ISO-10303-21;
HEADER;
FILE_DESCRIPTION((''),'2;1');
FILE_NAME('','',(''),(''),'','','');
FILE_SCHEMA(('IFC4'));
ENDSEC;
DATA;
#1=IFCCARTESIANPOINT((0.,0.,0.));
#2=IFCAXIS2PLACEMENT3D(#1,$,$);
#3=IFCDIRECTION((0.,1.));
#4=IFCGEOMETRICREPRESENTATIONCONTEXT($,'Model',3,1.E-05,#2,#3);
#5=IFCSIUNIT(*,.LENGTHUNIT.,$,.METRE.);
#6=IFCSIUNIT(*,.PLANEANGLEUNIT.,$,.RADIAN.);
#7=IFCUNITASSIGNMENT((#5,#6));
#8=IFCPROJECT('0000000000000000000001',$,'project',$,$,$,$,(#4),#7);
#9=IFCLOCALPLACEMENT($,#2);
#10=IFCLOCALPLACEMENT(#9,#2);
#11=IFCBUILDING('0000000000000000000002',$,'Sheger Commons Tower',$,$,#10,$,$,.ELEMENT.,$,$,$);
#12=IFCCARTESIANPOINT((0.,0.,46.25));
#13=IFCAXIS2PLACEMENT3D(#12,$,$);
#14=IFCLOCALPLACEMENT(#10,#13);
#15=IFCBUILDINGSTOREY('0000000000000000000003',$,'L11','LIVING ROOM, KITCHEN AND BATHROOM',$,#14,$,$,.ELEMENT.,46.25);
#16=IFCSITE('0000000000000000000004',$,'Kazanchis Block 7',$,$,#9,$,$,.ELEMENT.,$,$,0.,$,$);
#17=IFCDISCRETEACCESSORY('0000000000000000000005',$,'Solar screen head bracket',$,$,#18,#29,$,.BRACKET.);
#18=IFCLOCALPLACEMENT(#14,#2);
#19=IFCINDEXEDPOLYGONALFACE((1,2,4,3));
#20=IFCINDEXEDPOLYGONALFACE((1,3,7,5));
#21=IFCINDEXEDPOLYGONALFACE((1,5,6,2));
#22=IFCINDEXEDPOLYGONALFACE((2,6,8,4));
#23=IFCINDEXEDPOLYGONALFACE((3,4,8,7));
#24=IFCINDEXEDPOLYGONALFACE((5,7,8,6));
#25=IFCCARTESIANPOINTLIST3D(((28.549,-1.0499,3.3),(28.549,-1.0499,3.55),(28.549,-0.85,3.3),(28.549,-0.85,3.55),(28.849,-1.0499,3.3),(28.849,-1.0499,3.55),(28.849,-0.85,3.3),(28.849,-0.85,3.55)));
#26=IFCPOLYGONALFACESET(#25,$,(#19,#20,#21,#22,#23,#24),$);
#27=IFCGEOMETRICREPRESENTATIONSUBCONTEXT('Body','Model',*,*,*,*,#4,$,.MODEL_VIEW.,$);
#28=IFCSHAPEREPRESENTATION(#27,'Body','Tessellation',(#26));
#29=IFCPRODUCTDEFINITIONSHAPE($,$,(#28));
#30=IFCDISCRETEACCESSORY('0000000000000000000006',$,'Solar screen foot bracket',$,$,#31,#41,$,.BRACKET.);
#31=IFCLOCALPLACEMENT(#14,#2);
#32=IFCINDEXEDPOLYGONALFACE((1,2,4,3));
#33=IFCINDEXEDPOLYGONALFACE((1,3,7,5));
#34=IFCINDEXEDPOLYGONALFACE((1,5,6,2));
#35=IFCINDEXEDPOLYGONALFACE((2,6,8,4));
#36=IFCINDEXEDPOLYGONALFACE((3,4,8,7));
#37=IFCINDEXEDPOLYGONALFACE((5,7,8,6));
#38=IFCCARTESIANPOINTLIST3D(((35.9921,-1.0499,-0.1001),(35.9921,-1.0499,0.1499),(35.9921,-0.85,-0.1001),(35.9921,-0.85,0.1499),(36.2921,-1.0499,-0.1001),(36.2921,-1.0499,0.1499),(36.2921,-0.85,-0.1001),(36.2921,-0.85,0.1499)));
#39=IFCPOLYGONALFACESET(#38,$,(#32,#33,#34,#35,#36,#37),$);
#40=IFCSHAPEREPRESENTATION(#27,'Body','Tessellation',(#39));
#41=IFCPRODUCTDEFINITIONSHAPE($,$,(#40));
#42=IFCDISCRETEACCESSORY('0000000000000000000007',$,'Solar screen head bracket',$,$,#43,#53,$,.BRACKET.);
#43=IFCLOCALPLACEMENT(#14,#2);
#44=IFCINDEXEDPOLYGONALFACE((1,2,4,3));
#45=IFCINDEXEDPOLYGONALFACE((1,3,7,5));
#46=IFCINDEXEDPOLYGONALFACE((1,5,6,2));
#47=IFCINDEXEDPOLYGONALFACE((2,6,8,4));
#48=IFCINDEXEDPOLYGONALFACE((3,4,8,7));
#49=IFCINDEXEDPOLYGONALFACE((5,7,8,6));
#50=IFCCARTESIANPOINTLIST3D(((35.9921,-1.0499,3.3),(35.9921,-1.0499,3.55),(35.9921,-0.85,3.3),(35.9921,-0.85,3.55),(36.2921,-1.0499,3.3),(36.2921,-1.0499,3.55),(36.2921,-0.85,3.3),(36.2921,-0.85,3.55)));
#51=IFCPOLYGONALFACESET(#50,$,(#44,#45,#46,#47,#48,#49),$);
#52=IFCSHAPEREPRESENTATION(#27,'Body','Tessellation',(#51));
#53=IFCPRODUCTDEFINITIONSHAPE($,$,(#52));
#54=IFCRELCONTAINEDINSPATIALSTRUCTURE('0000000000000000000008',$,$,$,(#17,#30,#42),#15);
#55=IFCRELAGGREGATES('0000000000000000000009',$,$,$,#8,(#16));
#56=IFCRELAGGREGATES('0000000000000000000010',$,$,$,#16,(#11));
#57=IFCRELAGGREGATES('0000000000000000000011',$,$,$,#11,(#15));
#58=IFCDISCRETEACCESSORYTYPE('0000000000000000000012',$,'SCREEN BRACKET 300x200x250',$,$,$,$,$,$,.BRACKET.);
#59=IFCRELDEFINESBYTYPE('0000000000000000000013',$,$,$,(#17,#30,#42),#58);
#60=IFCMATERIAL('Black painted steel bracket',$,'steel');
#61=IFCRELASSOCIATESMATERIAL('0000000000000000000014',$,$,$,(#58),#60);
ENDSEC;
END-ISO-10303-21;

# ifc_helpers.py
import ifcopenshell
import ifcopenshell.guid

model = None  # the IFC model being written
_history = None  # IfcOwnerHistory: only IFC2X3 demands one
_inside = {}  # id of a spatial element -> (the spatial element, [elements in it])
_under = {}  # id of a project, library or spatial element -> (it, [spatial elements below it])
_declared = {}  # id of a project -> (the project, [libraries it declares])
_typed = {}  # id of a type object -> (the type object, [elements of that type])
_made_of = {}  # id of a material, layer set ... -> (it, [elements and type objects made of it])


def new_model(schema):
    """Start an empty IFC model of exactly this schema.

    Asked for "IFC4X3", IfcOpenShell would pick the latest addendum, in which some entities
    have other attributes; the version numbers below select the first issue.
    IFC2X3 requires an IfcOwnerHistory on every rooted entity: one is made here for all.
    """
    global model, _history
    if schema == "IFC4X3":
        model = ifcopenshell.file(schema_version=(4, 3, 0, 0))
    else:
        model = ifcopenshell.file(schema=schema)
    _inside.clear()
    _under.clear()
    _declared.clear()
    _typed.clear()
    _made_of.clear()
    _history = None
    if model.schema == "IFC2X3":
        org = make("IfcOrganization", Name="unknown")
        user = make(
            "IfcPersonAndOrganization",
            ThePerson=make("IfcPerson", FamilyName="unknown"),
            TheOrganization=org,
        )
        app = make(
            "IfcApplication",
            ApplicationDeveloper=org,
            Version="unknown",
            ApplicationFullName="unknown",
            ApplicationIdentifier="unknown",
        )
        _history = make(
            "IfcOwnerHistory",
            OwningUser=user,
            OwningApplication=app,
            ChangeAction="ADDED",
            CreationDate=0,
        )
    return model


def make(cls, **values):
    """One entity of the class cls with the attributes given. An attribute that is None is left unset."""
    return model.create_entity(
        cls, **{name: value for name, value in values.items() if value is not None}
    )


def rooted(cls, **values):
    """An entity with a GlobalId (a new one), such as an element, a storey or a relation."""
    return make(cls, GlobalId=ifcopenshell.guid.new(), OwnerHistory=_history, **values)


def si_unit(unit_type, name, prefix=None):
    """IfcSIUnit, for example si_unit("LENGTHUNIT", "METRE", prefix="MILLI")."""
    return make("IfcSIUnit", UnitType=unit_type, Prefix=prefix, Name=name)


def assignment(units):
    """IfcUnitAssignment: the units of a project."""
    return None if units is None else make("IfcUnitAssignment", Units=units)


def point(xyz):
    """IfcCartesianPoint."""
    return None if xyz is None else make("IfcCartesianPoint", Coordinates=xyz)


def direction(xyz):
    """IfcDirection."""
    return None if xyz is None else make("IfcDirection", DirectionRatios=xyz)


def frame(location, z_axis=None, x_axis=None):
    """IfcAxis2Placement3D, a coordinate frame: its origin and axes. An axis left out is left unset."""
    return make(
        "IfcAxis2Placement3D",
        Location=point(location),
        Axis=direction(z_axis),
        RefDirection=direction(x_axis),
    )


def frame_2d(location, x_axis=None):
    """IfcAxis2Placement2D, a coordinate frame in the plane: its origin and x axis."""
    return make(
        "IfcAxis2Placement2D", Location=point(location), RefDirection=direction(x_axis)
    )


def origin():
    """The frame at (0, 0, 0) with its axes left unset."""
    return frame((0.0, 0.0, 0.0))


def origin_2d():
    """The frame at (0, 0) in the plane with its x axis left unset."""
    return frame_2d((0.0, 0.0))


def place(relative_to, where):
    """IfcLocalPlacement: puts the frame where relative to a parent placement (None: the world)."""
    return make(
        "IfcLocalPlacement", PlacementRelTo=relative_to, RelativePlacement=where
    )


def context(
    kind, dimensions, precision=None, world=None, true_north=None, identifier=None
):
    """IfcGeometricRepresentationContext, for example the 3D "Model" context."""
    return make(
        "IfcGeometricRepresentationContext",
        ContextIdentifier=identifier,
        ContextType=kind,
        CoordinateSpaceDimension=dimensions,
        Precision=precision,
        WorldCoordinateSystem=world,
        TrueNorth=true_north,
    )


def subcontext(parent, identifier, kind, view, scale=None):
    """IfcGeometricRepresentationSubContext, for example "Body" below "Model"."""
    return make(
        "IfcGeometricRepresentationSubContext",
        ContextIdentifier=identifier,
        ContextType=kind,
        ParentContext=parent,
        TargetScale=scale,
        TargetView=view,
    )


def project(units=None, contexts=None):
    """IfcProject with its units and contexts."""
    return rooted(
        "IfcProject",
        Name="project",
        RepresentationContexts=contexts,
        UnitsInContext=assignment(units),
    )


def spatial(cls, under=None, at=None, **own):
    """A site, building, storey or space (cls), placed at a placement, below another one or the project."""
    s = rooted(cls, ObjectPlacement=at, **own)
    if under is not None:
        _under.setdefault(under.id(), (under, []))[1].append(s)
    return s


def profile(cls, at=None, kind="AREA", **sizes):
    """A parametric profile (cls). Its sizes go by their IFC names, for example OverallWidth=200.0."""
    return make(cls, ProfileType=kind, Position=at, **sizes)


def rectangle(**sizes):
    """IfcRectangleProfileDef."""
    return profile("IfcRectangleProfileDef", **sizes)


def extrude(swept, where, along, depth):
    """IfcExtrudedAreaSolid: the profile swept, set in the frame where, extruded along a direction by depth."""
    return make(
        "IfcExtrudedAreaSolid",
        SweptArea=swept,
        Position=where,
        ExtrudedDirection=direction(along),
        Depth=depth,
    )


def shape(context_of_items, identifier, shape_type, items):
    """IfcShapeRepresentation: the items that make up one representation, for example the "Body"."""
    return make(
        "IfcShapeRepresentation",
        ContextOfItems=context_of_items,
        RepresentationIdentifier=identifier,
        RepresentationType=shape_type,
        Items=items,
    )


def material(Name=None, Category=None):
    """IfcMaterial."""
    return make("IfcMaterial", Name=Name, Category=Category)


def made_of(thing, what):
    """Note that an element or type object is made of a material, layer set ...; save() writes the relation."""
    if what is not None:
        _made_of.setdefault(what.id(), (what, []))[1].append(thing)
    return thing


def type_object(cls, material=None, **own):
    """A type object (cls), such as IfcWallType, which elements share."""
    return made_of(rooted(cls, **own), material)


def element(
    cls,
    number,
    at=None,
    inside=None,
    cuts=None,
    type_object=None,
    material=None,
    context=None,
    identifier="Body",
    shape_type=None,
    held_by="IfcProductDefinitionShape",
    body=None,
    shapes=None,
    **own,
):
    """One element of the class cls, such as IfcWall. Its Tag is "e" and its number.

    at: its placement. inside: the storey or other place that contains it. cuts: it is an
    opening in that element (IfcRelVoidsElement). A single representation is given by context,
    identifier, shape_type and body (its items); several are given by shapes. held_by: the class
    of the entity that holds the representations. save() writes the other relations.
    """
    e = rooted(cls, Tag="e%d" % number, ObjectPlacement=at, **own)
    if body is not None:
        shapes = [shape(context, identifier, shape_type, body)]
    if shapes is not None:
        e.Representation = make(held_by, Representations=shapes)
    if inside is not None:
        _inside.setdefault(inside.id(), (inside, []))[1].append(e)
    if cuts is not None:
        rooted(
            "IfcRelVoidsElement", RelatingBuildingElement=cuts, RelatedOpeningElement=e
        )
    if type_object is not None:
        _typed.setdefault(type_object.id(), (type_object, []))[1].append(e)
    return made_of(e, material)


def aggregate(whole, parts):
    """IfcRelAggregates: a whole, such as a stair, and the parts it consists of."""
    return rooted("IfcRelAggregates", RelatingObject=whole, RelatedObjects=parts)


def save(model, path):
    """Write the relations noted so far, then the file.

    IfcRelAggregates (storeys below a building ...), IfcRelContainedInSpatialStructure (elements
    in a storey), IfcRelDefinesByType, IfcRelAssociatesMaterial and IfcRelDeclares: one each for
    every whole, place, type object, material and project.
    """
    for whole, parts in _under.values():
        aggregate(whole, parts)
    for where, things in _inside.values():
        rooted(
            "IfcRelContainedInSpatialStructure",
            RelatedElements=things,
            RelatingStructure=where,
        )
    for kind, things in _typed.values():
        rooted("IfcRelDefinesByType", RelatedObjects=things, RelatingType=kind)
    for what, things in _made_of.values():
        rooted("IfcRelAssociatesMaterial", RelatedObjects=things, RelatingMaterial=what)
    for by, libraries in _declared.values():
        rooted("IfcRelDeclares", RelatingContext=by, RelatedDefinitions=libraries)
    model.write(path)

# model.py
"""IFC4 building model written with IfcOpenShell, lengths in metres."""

from ifc_helpers import new_model, si_unit, direction, frame, origin, origin_2d, place, context, subcontext, project, spatial, rectangle, extrude, material, type_object, element, save


model = new_model("IFC4")

# Units and contexts
model_context = context("Model", 3, precision=1e-05, world=origin(), true_north=direction((0.0, 1.0)))
body_context = subcontext(model_context, "Body", "Model", "MODEL_VIEW")
ifc_project = project(units=[si_unit("LENGTHUNIT", "METRE"), si_unit("PLANEANGLEUNIT", "RADIAN")], contexts=[model_context])

# Site, building, storey
site_placement = place(None, origin())
site = spatial("IfcSite", under=ifc_project, at=site_placement, Name="Kazanchis Block 7", CompositionType="ELEMENT", RefElevation=0.0)
building_placement = place(site_placement, origin())
building = spatial("IfcBuilding", under=site, at=building_placement, Name="Sheger Commons Tower", CompositionType="ELEMENT")
storey_placement = place(building_placement, frame((0.0, 0.0, 46.25)))
storey = spatial("IfcBuildingStorey", under=building, at=storey_placement, Name="L11", Description="LIVING ROOM, KITCHEN AND BATHROOM", CompositionType="ELEMENT", Elevation=46.25)

# Discrete accessories
ifc_material_1 = material(Name="Black painted steel bracket", Category="steel")
discrete_accessory_type = type_object("IfcDiscreteAccessoryType", Name="SCREEN BRACKET 300x200x250", PredefinedType="BRACKET", material=ifc_material_1)
for number, where, z_axis, x_axis, name in (
    (1, (28.699, -0.95, 3.3), (0.0, 0.0, 1.0), (1.0, 0.0, 0.0), "Solar screen head bracket"),
    (2, (36.1421, -0.95, -0.1001), (0.0, 0.0, 1.0), (1.0, 0.0, 0.0), "Solar screen foot bracket"),
    (3, (36.1421, -0.95, 3.3), (0.0, 0.0, 1.0), (1.0, 0.0, 0.0), "Solar screen head bracket"),
):
    element("IfcDiscreteAccessory", number, at=place(storey_placement, frame(where, z_axis=z_axis, x_axis=x_axis)), inside=storey, type_object=discrete_accessory_type, Name=name, PredefinedType="BRACKET", context=body_context, shape_type="SweptSolid", body=[
        extrude(rectangle(XDim=0.3, YDim=0.2, at=origin_2d()), origin(), (0.0, 0.0, 1.0), 0.25),
    ])

save(model, "model.ifc")
